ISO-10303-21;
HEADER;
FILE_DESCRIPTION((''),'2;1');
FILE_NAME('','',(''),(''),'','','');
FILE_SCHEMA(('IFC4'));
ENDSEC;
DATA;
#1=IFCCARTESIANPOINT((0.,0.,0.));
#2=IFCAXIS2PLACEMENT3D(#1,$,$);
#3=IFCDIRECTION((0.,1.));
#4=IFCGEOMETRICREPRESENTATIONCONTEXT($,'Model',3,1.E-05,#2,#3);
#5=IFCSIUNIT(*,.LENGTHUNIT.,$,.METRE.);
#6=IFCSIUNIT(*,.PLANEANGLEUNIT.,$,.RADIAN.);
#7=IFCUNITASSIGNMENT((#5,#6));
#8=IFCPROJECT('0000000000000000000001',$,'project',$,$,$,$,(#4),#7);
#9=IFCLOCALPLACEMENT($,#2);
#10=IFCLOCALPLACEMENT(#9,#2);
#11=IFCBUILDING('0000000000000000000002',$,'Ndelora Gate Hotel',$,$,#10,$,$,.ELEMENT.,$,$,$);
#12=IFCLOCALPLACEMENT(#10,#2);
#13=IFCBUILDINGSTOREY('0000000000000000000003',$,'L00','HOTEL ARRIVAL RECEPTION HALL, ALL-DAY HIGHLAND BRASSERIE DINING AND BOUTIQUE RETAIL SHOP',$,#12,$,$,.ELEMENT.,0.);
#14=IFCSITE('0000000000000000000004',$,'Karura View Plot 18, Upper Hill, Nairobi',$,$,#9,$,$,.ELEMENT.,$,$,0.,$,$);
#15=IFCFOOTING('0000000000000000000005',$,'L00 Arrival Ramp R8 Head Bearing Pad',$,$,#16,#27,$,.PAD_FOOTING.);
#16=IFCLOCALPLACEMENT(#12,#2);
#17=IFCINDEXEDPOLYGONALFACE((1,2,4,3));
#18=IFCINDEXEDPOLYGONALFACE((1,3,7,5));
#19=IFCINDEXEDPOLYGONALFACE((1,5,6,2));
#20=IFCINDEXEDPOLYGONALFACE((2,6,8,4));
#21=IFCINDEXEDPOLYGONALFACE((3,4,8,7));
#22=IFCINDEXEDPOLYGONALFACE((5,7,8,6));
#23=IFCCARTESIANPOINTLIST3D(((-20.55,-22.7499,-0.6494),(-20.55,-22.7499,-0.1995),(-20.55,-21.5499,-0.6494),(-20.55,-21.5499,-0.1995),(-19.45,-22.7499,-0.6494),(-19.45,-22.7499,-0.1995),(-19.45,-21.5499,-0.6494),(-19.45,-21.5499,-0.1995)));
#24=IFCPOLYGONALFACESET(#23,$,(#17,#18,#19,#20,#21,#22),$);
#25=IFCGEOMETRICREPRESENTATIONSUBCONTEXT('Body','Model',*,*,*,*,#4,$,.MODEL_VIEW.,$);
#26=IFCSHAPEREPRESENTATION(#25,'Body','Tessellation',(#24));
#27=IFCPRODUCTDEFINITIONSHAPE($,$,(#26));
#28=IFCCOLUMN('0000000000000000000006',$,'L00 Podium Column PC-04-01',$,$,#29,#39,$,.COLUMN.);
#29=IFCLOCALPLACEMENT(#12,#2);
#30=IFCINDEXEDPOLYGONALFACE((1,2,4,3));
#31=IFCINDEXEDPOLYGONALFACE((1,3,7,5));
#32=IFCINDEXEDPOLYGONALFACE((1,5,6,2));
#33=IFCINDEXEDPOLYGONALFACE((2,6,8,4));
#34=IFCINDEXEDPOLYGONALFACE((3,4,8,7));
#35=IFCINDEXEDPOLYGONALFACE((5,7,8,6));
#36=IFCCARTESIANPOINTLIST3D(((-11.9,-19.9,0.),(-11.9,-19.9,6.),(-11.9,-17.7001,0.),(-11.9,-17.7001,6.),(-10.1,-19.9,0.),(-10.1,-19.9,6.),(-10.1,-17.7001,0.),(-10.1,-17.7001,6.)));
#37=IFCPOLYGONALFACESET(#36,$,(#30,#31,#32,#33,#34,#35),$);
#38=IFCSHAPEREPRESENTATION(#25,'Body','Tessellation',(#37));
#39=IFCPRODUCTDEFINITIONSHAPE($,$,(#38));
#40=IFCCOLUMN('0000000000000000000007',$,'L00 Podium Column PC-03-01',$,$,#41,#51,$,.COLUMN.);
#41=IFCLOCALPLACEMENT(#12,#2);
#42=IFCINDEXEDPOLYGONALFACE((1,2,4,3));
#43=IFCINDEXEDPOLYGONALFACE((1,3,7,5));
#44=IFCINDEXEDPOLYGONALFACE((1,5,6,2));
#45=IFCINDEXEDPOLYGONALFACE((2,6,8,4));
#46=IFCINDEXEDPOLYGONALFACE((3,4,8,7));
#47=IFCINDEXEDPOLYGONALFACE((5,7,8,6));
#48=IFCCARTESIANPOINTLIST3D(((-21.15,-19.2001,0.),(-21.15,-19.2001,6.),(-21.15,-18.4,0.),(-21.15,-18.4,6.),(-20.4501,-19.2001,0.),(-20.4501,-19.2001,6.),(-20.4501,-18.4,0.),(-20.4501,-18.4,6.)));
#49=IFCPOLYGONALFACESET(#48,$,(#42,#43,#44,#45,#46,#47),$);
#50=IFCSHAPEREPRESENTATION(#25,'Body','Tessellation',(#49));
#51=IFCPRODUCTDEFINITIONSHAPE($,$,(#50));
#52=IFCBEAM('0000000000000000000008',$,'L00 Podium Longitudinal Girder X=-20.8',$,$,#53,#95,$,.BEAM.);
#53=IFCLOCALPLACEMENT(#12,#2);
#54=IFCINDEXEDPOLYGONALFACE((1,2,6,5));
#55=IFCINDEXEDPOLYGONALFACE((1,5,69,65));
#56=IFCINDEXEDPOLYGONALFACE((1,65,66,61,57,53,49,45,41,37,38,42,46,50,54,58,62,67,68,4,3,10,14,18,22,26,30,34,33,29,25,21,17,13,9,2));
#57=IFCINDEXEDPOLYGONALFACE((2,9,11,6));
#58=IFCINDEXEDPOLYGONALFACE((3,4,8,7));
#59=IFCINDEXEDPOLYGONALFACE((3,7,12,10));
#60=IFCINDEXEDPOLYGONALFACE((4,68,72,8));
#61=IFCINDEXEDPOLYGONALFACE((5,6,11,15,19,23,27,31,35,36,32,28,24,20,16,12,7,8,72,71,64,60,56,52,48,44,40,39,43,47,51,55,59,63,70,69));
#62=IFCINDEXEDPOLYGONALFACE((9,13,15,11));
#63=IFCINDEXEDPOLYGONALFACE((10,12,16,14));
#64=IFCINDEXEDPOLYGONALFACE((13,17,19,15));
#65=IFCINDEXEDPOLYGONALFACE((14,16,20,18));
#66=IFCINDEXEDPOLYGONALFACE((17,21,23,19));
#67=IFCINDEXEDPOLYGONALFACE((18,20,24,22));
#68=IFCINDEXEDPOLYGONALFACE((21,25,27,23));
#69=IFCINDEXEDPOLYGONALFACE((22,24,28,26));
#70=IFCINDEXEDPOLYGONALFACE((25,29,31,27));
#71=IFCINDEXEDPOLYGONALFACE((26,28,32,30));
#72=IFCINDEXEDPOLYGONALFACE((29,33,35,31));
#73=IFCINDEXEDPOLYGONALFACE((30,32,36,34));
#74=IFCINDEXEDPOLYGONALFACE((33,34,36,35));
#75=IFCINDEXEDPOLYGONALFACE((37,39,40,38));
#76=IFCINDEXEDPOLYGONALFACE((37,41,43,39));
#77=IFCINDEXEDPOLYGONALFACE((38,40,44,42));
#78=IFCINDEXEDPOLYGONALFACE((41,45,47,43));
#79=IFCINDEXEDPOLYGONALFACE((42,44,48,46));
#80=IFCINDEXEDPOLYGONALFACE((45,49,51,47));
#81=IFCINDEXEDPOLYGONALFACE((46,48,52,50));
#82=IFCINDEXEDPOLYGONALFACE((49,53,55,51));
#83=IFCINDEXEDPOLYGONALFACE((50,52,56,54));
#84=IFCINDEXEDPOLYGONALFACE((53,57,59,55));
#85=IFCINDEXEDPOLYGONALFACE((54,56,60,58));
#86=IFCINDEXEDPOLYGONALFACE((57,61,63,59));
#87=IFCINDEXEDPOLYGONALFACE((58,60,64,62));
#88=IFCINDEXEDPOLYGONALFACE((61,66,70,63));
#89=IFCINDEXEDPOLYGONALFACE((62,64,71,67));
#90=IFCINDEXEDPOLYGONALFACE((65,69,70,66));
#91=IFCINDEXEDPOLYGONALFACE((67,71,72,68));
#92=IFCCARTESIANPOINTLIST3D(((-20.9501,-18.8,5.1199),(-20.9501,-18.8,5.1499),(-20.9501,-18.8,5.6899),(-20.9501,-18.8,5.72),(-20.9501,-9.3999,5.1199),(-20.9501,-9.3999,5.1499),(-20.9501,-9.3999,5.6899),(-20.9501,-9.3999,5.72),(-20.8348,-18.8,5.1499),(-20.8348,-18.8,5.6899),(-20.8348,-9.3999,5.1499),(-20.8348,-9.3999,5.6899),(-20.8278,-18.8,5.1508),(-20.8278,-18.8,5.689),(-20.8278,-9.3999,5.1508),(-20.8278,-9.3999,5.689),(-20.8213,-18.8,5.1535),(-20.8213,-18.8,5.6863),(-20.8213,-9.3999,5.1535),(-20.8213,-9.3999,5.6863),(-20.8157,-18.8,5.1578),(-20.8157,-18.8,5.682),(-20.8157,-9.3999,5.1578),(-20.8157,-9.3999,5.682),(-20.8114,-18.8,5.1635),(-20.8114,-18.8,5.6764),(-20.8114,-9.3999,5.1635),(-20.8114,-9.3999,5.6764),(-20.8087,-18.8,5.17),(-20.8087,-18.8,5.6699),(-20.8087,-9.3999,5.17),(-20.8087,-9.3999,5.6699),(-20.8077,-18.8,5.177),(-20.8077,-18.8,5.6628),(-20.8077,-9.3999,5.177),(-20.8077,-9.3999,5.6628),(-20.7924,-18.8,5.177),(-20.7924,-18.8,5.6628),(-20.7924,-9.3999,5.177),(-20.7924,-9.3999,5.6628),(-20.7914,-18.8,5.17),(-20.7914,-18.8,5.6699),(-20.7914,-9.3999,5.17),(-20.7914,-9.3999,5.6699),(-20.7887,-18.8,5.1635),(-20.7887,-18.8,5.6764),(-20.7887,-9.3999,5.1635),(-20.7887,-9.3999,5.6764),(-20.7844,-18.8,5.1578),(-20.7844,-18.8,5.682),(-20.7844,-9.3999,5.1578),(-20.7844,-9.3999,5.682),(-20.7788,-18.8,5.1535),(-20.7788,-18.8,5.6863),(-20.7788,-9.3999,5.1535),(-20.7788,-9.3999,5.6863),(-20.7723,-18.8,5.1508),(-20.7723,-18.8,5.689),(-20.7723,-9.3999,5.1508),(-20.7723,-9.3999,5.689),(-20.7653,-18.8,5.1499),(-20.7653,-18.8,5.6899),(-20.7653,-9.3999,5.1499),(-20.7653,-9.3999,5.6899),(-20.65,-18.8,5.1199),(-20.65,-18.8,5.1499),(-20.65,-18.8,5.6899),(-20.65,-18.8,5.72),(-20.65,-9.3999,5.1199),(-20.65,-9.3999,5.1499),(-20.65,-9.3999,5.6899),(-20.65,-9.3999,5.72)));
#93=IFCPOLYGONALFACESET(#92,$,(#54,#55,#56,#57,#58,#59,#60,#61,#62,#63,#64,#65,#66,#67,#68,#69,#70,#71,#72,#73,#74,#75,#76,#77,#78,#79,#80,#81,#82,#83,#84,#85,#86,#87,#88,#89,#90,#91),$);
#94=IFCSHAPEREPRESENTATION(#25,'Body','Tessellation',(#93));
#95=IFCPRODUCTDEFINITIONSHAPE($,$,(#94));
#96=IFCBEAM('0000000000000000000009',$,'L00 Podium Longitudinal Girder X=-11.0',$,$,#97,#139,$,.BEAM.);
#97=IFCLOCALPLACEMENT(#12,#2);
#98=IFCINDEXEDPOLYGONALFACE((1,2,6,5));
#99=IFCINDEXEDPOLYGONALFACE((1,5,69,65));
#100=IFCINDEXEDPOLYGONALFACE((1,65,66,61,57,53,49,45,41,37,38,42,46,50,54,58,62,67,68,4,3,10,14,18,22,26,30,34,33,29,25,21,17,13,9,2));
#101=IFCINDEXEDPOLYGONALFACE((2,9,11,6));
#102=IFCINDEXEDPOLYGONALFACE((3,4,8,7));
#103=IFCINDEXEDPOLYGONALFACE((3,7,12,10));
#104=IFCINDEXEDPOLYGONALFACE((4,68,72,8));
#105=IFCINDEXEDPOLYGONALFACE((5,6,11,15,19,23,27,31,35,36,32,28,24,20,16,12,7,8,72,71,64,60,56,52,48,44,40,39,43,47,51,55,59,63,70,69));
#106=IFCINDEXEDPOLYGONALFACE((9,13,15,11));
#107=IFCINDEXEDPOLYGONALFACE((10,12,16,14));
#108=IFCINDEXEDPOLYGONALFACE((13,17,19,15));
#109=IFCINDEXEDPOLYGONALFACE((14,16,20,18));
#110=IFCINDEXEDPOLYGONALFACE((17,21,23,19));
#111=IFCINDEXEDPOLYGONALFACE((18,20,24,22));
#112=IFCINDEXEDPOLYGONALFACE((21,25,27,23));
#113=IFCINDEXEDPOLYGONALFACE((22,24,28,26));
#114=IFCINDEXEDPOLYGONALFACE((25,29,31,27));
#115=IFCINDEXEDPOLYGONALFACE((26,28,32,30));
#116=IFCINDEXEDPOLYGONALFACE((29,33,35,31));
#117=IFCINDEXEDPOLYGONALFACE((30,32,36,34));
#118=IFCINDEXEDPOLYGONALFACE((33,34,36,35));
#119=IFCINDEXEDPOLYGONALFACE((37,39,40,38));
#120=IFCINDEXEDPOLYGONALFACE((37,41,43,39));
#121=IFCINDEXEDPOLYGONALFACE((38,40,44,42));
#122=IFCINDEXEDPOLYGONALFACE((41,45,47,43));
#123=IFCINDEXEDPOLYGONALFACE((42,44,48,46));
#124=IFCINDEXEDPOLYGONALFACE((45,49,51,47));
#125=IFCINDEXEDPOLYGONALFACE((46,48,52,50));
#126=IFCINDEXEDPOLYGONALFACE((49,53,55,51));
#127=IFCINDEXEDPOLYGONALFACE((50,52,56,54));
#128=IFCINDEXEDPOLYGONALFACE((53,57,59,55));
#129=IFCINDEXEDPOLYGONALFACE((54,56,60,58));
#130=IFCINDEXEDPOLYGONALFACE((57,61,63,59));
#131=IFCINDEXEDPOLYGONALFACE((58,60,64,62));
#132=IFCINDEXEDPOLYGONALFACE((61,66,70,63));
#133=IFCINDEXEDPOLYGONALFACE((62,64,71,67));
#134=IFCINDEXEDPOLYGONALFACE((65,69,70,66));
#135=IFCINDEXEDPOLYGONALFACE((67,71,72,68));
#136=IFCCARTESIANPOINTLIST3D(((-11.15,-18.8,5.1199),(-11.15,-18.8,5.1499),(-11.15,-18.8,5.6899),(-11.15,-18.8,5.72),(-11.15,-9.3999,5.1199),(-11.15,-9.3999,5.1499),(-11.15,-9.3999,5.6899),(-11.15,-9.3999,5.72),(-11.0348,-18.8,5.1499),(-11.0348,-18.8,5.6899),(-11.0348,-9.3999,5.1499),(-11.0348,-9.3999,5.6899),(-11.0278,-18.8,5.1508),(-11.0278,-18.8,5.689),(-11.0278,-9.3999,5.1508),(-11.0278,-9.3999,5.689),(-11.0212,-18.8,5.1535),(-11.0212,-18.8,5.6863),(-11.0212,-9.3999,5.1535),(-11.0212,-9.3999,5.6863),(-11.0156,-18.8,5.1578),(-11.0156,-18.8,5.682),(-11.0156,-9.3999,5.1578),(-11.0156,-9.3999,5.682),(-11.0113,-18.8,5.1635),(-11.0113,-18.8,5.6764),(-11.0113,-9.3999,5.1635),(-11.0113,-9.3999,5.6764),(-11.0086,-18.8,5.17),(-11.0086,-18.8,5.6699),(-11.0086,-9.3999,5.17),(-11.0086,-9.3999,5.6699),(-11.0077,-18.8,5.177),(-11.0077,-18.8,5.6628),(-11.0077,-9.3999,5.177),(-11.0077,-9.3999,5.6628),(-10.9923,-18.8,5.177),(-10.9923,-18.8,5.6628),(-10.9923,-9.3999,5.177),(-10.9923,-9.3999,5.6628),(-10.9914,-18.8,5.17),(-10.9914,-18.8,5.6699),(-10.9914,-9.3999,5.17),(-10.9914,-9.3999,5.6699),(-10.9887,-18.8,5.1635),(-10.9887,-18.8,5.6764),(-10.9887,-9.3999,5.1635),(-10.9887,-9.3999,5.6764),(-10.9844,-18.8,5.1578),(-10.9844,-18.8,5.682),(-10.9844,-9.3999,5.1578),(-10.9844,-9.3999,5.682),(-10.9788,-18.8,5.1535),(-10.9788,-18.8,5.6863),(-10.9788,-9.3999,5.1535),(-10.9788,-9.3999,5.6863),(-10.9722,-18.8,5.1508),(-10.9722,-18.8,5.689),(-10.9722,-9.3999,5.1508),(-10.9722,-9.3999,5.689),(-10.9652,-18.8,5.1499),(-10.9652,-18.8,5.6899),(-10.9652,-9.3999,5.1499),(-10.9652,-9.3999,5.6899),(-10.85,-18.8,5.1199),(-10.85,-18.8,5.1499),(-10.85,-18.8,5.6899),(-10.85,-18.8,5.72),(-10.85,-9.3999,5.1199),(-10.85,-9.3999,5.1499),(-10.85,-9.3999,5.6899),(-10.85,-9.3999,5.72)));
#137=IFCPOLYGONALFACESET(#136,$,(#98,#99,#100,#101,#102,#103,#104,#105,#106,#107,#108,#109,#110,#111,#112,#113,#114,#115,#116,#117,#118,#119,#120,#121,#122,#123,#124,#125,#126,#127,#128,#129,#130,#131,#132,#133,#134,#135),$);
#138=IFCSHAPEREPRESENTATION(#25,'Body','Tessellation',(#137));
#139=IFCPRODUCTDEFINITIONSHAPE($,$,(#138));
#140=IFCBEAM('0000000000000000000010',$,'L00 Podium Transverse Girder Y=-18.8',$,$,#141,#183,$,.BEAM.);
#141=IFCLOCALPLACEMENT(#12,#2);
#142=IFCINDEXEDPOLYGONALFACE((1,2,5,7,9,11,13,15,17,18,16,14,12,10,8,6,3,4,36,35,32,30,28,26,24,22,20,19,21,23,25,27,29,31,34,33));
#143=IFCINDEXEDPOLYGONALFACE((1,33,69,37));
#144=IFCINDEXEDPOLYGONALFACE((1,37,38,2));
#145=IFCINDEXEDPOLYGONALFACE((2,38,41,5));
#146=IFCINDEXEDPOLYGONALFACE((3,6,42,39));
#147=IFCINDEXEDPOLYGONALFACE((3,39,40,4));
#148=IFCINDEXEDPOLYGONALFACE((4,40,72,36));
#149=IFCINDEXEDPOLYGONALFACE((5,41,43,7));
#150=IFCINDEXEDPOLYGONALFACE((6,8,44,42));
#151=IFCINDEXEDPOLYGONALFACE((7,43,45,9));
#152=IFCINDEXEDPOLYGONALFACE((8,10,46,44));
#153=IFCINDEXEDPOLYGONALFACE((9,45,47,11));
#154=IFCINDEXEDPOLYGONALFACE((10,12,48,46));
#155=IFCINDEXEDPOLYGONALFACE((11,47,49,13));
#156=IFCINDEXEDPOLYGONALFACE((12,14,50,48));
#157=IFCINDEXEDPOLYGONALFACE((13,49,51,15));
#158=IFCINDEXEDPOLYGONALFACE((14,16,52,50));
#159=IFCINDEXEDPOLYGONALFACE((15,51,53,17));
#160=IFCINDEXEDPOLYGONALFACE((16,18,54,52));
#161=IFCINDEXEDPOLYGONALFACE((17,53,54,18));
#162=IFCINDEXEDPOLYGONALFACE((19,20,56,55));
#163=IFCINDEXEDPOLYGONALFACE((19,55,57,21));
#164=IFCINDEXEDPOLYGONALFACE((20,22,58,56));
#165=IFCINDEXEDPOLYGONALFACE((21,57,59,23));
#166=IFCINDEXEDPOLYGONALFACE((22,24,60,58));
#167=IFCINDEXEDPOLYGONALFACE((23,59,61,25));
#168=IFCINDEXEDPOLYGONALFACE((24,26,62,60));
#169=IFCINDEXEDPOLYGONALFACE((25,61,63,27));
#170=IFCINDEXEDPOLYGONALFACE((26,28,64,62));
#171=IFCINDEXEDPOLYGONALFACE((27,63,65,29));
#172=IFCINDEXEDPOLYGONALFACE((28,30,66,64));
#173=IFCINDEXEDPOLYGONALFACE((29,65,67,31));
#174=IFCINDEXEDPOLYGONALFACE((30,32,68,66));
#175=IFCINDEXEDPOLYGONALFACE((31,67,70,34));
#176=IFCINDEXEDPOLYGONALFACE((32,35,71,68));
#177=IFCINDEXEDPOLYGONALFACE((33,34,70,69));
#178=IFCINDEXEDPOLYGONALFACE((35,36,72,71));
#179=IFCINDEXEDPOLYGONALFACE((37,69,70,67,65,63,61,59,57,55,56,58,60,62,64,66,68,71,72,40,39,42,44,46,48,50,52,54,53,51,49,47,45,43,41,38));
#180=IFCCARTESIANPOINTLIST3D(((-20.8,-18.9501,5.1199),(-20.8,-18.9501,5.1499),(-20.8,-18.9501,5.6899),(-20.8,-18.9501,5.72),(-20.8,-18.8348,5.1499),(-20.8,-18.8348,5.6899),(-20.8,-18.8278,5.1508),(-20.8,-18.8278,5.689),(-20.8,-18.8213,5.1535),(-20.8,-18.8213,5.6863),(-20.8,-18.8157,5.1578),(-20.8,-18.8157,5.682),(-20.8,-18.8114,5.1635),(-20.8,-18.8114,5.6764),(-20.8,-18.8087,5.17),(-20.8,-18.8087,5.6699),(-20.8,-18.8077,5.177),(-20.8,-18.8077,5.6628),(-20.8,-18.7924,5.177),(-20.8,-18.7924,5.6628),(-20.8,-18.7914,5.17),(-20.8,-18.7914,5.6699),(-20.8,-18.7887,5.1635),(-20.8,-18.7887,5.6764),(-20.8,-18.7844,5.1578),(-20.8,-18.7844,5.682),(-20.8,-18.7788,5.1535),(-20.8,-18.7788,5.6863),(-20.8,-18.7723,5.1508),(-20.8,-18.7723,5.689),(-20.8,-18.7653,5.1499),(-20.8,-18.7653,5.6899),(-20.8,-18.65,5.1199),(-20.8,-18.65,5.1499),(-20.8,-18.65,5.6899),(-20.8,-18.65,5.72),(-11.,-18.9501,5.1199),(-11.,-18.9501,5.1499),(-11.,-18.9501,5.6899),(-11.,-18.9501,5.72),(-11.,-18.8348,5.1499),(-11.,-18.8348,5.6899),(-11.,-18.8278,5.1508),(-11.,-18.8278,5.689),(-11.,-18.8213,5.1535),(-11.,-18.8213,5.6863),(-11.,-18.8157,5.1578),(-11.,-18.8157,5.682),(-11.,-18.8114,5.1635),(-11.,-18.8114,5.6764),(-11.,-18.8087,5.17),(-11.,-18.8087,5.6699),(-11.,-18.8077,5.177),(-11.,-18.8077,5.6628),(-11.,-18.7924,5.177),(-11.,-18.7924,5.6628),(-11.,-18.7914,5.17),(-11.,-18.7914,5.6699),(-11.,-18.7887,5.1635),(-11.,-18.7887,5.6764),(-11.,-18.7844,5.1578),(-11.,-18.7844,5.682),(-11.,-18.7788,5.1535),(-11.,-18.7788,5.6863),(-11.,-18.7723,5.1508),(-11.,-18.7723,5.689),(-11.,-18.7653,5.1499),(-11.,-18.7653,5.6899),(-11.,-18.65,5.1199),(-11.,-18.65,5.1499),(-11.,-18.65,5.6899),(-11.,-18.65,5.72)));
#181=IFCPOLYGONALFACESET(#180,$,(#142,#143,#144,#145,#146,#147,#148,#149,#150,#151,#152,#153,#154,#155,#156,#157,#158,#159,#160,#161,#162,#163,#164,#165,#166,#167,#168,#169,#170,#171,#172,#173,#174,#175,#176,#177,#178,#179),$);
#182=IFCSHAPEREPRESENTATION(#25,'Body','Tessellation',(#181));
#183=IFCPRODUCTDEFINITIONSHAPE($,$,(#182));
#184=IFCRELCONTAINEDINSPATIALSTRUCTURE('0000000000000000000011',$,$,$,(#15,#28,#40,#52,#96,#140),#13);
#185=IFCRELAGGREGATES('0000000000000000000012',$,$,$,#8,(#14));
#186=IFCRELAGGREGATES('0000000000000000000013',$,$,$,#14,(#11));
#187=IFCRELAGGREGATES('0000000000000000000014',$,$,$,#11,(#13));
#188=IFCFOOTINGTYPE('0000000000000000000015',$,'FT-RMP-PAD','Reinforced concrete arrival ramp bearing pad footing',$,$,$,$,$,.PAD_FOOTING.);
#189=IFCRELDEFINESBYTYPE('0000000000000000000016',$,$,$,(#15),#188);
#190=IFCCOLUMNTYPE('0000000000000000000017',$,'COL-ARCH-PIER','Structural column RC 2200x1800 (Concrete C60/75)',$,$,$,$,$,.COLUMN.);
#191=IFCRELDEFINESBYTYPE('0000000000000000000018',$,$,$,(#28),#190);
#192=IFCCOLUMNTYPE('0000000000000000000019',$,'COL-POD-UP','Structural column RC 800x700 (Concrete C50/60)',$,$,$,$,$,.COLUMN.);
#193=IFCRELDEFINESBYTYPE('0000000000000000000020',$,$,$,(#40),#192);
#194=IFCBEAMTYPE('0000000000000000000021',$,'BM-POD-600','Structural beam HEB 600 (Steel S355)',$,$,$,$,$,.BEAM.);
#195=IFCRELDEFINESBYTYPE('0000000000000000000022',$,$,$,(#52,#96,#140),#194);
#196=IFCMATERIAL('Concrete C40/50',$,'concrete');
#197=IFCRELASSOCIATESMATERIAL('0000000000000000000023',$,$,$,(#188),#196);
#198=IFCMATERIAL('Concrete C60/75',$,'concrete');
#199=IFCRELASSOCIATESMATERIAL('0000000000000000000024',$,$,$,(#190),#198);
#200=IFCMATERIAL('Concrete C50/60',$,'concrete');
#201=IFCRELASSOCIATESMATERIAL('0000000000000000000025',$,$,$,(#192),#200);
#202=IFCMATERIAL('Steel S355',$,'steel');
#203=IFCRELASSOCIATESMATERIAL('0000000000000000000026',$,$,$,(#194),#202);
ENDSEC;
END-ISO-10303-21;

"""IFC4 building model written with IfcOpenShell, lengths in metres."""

from ifc_helpers import new_model, si_unit, direction, frame, origin, origin_2d, place, context, subcontext, project, spatial, rectangle, i_section, extrude, material, material_profile, profile_set, type_object, element, save


model = new_model("IFC4")

# Units and contexts
model_context = context("Model", 3, precision=1e-05, world=origin(), true_north=direction((0.0, 1.0)))
body_context = subcontext(model_context, "Body", "Model", "MODEL_VIEW")
ifc_project = project(units=[si_unit("LENGTHUNIT", "METRE"), si_unit("PLANEANGLEUNIT", "RADIAN")], contexts=[model_context])

# Site, building, storey
site_placement = place(None, origin())
site = spatial("IfcSite", under=ifc_project, at=site_placement, Name="Karura View Plot 18, Upper Hill, Nairobi", CompositionType="ELEMENT", RefElevation=0.0)
building_placement = place(site_placement, origin())
building = spatial("IfcBuilding", under=site, at=building_placement, Name="Ndelora Gate Hotel", CompositionType="ELEMENT")
storey_placement = place(building_placement, origin())
storey = spatial("IfcBuildingStorey", under=building, at=storey_placement, Name="L00", Description="HOTEL ARRIVAL RECEPTION HALL, ALL-DAY HIGHLAND BRASSERIE DINING AND BOUTIQUE RETAIL SHOP", CompositionType="ELEMENT", Elevation=0.0)

# Footing
ifc_material_1 = material(Name="Concrete C40/50", Category="concrete")
footing_type = type_object("IfcFootingType", Name="FT-RMP-PAD", Description="Reinforced concrete arrival ramp bearing pad footing", PredefinedType="PAD_FOOTING", material=ifc_material_1)
footing_placement = place(storey_placement, frame((-20.0, -22.1499, -0.6494), z_axis=(0.0, 0.0, 1.0), x_axis=(1.0, 0.0, 0.0)))
element("IfcFooting", 1, at=footing_placement, inside=storey, type_object=footing_type, Name="L00 Arrival Ramp R8 Head Bearing Pad", PredefinedType="PAD_FOOTING", context=body_context, shape_type="SweptSolid", body=[
    extrude(rectangle(XDim=1.1001, YDim=1.2, at=origin_2d()), origin(), (0.0, 0.0, 1.0), 0.45),
])

# Columns
ifc_material_2 = material(Name="Concrete C60/75", Category="concrete")
ifc_material_profile_1 = material_profile(ifc_material_2, rectangle(XDim=1.8, YDim=2.2, at=origin_2d()), Name="RC 2200x1800")
ifc_profile_set_1 = profile_set([ifc_material_profile_1], Name="Concrete C60/75")
column_type_1 = type_object("IfcColumnType", Name="COL-ARCH-PIER", Description="Structural column RC 2200x1800 (Concrete C60/75)", PredefinedType="COLUMN", material=ifc_profile_set_1)
column_1_placement = place(storey_placement, frame((-11.0, -18.8, 0.0), z_axis=(0.0, 0.0, 1.0), x_axis=(1.0, 0.0, 0.0)))
element("IfcColumn", 2, at=column_1_placement, inside=storey, type_object=column_type_1, Name="L00 Podium Column PC-04-01", PredefinedType="COLUMN", context=body_context, shape_type="SweptSolid", body=[
    extrude(rectangle(XDim=1.8, YDim=2.2, at=origin_2d()), origin(), (0.0, 0.0, 1.0), 6.0),
])
ifc_material_3 = material(Name="Concrete C50/60", Category="concrete")
ifc_material_profile_2 = material_profile(ifc_material_3, rectangle(XDim=0.7, YDim=0.8, at=origin_2d()), Name="RC 800x700")
ifc_profile_set_2 = profile_set([ifc_material_profile_2], Name="Concrete C50/60")
column_type_2 = type_object("IfcColumnType", Name="COL-POD-UP", Description="Structural column RC 800x700 (Concrete C50/60)", PredefinedType="COLUMN", material=ifc_profile_set_2)
column_2_placement = place(storey_placement, frame((-20.8, -18.8, 0.0), z_axis=(0.0, 0.0, 1.0), x_axis=(1.0, 0.0, 0.0)))
element("IfcColumn", 3, at=column_2_placement, inside=storey, type_object=column_type_2, Name="L00 Podium Column PC-03-01", PredefinedType="COLUMN", context=body_context, shape_type="SweptSolid", body=[
    extrude(rectangle(XDim=0.7, YDim=0.8, at=origin_2d()), origin(), (0.0, 0.0, 1.0), 6.0),
])

# Beams
ifc_material_4 = material(Name="Steel S355", Category="steel")
ifc_material_profile_3 = material_profile(ifc_material_4, i_section(OverallWidth=0.3, OverallDepth=0.6001, WebThickness=0.0154, FlangeThickness=0.03, FilletRadius=0.0271, at=origin_2d()), Name="HEB 600")
ifc_profile_set_3 = profile_set([ifc_material_profile_3], Name="Steel S355")
beam_type = type_object("IfcBeamType", Name="BM-POD-600", Description="Structural beam HEB 600 (Steel S355)", PredefinedType="BEAM", material=ifc_profile_set_3)
for number, where, z_axis, x_axis, name in (
    (4, (-20.8, -18.8, 5.4199), (0.0, 1.0, 0.0), (-1.0, 0.0, 0.0), "L00 Podium Longitudinal Girder X=-20.8"),
    (5, (-11.0, -18.8, 5.4199), (0.0, 1.0, 0.0), (-1.0, 0.0, 0.0), "L00 Podium Longitudinal Girder X=-11.0"),
):
    element("IfcBeam", number, at=place(storey_placement, frame(where, z_axis=z_axis, x_axis=x_axis)), inside=storey, type_object=beam_type, Name=name, PredefinedType="BEAM", context=body_context, shape_type="SweptSolid", body=[
        extrude(i_section(OverallWidth=0.3, OverallDepth=0.6001, WebThickness=0.0154, FlangeThickness=0.03, FilletRadius=0.0271, at=origin_2d()), origin(), (0.0, 0.0, 1.0), 9.4001),
    ])
beam_placement = place(storey_placement, frame((-20.8, -18.8, 5.4199), z_axis=(1.0, 0.0, 0.0), x_axis=(0.0, 1.0, 0.0)))
element("IfcBeam", 6, at=beam_placement, inside=storey, type_object=beam_type, Name="L00 Podium Transverse Girder Y=-18.8", PredefinedType="BEAM", context=body_context, shape_type="SweptSolid", body=[
    extrude(i_section(OverallWidth=0.3, OverallDepth=0.6001, WebThickness=0.0154, FlangeThickness=0.03, FilletRadius=0.0271, at=origin_2d()), origin(), (0.0, 0.0, 1.0), 9.8),
])

save(model, "model.ifc")
